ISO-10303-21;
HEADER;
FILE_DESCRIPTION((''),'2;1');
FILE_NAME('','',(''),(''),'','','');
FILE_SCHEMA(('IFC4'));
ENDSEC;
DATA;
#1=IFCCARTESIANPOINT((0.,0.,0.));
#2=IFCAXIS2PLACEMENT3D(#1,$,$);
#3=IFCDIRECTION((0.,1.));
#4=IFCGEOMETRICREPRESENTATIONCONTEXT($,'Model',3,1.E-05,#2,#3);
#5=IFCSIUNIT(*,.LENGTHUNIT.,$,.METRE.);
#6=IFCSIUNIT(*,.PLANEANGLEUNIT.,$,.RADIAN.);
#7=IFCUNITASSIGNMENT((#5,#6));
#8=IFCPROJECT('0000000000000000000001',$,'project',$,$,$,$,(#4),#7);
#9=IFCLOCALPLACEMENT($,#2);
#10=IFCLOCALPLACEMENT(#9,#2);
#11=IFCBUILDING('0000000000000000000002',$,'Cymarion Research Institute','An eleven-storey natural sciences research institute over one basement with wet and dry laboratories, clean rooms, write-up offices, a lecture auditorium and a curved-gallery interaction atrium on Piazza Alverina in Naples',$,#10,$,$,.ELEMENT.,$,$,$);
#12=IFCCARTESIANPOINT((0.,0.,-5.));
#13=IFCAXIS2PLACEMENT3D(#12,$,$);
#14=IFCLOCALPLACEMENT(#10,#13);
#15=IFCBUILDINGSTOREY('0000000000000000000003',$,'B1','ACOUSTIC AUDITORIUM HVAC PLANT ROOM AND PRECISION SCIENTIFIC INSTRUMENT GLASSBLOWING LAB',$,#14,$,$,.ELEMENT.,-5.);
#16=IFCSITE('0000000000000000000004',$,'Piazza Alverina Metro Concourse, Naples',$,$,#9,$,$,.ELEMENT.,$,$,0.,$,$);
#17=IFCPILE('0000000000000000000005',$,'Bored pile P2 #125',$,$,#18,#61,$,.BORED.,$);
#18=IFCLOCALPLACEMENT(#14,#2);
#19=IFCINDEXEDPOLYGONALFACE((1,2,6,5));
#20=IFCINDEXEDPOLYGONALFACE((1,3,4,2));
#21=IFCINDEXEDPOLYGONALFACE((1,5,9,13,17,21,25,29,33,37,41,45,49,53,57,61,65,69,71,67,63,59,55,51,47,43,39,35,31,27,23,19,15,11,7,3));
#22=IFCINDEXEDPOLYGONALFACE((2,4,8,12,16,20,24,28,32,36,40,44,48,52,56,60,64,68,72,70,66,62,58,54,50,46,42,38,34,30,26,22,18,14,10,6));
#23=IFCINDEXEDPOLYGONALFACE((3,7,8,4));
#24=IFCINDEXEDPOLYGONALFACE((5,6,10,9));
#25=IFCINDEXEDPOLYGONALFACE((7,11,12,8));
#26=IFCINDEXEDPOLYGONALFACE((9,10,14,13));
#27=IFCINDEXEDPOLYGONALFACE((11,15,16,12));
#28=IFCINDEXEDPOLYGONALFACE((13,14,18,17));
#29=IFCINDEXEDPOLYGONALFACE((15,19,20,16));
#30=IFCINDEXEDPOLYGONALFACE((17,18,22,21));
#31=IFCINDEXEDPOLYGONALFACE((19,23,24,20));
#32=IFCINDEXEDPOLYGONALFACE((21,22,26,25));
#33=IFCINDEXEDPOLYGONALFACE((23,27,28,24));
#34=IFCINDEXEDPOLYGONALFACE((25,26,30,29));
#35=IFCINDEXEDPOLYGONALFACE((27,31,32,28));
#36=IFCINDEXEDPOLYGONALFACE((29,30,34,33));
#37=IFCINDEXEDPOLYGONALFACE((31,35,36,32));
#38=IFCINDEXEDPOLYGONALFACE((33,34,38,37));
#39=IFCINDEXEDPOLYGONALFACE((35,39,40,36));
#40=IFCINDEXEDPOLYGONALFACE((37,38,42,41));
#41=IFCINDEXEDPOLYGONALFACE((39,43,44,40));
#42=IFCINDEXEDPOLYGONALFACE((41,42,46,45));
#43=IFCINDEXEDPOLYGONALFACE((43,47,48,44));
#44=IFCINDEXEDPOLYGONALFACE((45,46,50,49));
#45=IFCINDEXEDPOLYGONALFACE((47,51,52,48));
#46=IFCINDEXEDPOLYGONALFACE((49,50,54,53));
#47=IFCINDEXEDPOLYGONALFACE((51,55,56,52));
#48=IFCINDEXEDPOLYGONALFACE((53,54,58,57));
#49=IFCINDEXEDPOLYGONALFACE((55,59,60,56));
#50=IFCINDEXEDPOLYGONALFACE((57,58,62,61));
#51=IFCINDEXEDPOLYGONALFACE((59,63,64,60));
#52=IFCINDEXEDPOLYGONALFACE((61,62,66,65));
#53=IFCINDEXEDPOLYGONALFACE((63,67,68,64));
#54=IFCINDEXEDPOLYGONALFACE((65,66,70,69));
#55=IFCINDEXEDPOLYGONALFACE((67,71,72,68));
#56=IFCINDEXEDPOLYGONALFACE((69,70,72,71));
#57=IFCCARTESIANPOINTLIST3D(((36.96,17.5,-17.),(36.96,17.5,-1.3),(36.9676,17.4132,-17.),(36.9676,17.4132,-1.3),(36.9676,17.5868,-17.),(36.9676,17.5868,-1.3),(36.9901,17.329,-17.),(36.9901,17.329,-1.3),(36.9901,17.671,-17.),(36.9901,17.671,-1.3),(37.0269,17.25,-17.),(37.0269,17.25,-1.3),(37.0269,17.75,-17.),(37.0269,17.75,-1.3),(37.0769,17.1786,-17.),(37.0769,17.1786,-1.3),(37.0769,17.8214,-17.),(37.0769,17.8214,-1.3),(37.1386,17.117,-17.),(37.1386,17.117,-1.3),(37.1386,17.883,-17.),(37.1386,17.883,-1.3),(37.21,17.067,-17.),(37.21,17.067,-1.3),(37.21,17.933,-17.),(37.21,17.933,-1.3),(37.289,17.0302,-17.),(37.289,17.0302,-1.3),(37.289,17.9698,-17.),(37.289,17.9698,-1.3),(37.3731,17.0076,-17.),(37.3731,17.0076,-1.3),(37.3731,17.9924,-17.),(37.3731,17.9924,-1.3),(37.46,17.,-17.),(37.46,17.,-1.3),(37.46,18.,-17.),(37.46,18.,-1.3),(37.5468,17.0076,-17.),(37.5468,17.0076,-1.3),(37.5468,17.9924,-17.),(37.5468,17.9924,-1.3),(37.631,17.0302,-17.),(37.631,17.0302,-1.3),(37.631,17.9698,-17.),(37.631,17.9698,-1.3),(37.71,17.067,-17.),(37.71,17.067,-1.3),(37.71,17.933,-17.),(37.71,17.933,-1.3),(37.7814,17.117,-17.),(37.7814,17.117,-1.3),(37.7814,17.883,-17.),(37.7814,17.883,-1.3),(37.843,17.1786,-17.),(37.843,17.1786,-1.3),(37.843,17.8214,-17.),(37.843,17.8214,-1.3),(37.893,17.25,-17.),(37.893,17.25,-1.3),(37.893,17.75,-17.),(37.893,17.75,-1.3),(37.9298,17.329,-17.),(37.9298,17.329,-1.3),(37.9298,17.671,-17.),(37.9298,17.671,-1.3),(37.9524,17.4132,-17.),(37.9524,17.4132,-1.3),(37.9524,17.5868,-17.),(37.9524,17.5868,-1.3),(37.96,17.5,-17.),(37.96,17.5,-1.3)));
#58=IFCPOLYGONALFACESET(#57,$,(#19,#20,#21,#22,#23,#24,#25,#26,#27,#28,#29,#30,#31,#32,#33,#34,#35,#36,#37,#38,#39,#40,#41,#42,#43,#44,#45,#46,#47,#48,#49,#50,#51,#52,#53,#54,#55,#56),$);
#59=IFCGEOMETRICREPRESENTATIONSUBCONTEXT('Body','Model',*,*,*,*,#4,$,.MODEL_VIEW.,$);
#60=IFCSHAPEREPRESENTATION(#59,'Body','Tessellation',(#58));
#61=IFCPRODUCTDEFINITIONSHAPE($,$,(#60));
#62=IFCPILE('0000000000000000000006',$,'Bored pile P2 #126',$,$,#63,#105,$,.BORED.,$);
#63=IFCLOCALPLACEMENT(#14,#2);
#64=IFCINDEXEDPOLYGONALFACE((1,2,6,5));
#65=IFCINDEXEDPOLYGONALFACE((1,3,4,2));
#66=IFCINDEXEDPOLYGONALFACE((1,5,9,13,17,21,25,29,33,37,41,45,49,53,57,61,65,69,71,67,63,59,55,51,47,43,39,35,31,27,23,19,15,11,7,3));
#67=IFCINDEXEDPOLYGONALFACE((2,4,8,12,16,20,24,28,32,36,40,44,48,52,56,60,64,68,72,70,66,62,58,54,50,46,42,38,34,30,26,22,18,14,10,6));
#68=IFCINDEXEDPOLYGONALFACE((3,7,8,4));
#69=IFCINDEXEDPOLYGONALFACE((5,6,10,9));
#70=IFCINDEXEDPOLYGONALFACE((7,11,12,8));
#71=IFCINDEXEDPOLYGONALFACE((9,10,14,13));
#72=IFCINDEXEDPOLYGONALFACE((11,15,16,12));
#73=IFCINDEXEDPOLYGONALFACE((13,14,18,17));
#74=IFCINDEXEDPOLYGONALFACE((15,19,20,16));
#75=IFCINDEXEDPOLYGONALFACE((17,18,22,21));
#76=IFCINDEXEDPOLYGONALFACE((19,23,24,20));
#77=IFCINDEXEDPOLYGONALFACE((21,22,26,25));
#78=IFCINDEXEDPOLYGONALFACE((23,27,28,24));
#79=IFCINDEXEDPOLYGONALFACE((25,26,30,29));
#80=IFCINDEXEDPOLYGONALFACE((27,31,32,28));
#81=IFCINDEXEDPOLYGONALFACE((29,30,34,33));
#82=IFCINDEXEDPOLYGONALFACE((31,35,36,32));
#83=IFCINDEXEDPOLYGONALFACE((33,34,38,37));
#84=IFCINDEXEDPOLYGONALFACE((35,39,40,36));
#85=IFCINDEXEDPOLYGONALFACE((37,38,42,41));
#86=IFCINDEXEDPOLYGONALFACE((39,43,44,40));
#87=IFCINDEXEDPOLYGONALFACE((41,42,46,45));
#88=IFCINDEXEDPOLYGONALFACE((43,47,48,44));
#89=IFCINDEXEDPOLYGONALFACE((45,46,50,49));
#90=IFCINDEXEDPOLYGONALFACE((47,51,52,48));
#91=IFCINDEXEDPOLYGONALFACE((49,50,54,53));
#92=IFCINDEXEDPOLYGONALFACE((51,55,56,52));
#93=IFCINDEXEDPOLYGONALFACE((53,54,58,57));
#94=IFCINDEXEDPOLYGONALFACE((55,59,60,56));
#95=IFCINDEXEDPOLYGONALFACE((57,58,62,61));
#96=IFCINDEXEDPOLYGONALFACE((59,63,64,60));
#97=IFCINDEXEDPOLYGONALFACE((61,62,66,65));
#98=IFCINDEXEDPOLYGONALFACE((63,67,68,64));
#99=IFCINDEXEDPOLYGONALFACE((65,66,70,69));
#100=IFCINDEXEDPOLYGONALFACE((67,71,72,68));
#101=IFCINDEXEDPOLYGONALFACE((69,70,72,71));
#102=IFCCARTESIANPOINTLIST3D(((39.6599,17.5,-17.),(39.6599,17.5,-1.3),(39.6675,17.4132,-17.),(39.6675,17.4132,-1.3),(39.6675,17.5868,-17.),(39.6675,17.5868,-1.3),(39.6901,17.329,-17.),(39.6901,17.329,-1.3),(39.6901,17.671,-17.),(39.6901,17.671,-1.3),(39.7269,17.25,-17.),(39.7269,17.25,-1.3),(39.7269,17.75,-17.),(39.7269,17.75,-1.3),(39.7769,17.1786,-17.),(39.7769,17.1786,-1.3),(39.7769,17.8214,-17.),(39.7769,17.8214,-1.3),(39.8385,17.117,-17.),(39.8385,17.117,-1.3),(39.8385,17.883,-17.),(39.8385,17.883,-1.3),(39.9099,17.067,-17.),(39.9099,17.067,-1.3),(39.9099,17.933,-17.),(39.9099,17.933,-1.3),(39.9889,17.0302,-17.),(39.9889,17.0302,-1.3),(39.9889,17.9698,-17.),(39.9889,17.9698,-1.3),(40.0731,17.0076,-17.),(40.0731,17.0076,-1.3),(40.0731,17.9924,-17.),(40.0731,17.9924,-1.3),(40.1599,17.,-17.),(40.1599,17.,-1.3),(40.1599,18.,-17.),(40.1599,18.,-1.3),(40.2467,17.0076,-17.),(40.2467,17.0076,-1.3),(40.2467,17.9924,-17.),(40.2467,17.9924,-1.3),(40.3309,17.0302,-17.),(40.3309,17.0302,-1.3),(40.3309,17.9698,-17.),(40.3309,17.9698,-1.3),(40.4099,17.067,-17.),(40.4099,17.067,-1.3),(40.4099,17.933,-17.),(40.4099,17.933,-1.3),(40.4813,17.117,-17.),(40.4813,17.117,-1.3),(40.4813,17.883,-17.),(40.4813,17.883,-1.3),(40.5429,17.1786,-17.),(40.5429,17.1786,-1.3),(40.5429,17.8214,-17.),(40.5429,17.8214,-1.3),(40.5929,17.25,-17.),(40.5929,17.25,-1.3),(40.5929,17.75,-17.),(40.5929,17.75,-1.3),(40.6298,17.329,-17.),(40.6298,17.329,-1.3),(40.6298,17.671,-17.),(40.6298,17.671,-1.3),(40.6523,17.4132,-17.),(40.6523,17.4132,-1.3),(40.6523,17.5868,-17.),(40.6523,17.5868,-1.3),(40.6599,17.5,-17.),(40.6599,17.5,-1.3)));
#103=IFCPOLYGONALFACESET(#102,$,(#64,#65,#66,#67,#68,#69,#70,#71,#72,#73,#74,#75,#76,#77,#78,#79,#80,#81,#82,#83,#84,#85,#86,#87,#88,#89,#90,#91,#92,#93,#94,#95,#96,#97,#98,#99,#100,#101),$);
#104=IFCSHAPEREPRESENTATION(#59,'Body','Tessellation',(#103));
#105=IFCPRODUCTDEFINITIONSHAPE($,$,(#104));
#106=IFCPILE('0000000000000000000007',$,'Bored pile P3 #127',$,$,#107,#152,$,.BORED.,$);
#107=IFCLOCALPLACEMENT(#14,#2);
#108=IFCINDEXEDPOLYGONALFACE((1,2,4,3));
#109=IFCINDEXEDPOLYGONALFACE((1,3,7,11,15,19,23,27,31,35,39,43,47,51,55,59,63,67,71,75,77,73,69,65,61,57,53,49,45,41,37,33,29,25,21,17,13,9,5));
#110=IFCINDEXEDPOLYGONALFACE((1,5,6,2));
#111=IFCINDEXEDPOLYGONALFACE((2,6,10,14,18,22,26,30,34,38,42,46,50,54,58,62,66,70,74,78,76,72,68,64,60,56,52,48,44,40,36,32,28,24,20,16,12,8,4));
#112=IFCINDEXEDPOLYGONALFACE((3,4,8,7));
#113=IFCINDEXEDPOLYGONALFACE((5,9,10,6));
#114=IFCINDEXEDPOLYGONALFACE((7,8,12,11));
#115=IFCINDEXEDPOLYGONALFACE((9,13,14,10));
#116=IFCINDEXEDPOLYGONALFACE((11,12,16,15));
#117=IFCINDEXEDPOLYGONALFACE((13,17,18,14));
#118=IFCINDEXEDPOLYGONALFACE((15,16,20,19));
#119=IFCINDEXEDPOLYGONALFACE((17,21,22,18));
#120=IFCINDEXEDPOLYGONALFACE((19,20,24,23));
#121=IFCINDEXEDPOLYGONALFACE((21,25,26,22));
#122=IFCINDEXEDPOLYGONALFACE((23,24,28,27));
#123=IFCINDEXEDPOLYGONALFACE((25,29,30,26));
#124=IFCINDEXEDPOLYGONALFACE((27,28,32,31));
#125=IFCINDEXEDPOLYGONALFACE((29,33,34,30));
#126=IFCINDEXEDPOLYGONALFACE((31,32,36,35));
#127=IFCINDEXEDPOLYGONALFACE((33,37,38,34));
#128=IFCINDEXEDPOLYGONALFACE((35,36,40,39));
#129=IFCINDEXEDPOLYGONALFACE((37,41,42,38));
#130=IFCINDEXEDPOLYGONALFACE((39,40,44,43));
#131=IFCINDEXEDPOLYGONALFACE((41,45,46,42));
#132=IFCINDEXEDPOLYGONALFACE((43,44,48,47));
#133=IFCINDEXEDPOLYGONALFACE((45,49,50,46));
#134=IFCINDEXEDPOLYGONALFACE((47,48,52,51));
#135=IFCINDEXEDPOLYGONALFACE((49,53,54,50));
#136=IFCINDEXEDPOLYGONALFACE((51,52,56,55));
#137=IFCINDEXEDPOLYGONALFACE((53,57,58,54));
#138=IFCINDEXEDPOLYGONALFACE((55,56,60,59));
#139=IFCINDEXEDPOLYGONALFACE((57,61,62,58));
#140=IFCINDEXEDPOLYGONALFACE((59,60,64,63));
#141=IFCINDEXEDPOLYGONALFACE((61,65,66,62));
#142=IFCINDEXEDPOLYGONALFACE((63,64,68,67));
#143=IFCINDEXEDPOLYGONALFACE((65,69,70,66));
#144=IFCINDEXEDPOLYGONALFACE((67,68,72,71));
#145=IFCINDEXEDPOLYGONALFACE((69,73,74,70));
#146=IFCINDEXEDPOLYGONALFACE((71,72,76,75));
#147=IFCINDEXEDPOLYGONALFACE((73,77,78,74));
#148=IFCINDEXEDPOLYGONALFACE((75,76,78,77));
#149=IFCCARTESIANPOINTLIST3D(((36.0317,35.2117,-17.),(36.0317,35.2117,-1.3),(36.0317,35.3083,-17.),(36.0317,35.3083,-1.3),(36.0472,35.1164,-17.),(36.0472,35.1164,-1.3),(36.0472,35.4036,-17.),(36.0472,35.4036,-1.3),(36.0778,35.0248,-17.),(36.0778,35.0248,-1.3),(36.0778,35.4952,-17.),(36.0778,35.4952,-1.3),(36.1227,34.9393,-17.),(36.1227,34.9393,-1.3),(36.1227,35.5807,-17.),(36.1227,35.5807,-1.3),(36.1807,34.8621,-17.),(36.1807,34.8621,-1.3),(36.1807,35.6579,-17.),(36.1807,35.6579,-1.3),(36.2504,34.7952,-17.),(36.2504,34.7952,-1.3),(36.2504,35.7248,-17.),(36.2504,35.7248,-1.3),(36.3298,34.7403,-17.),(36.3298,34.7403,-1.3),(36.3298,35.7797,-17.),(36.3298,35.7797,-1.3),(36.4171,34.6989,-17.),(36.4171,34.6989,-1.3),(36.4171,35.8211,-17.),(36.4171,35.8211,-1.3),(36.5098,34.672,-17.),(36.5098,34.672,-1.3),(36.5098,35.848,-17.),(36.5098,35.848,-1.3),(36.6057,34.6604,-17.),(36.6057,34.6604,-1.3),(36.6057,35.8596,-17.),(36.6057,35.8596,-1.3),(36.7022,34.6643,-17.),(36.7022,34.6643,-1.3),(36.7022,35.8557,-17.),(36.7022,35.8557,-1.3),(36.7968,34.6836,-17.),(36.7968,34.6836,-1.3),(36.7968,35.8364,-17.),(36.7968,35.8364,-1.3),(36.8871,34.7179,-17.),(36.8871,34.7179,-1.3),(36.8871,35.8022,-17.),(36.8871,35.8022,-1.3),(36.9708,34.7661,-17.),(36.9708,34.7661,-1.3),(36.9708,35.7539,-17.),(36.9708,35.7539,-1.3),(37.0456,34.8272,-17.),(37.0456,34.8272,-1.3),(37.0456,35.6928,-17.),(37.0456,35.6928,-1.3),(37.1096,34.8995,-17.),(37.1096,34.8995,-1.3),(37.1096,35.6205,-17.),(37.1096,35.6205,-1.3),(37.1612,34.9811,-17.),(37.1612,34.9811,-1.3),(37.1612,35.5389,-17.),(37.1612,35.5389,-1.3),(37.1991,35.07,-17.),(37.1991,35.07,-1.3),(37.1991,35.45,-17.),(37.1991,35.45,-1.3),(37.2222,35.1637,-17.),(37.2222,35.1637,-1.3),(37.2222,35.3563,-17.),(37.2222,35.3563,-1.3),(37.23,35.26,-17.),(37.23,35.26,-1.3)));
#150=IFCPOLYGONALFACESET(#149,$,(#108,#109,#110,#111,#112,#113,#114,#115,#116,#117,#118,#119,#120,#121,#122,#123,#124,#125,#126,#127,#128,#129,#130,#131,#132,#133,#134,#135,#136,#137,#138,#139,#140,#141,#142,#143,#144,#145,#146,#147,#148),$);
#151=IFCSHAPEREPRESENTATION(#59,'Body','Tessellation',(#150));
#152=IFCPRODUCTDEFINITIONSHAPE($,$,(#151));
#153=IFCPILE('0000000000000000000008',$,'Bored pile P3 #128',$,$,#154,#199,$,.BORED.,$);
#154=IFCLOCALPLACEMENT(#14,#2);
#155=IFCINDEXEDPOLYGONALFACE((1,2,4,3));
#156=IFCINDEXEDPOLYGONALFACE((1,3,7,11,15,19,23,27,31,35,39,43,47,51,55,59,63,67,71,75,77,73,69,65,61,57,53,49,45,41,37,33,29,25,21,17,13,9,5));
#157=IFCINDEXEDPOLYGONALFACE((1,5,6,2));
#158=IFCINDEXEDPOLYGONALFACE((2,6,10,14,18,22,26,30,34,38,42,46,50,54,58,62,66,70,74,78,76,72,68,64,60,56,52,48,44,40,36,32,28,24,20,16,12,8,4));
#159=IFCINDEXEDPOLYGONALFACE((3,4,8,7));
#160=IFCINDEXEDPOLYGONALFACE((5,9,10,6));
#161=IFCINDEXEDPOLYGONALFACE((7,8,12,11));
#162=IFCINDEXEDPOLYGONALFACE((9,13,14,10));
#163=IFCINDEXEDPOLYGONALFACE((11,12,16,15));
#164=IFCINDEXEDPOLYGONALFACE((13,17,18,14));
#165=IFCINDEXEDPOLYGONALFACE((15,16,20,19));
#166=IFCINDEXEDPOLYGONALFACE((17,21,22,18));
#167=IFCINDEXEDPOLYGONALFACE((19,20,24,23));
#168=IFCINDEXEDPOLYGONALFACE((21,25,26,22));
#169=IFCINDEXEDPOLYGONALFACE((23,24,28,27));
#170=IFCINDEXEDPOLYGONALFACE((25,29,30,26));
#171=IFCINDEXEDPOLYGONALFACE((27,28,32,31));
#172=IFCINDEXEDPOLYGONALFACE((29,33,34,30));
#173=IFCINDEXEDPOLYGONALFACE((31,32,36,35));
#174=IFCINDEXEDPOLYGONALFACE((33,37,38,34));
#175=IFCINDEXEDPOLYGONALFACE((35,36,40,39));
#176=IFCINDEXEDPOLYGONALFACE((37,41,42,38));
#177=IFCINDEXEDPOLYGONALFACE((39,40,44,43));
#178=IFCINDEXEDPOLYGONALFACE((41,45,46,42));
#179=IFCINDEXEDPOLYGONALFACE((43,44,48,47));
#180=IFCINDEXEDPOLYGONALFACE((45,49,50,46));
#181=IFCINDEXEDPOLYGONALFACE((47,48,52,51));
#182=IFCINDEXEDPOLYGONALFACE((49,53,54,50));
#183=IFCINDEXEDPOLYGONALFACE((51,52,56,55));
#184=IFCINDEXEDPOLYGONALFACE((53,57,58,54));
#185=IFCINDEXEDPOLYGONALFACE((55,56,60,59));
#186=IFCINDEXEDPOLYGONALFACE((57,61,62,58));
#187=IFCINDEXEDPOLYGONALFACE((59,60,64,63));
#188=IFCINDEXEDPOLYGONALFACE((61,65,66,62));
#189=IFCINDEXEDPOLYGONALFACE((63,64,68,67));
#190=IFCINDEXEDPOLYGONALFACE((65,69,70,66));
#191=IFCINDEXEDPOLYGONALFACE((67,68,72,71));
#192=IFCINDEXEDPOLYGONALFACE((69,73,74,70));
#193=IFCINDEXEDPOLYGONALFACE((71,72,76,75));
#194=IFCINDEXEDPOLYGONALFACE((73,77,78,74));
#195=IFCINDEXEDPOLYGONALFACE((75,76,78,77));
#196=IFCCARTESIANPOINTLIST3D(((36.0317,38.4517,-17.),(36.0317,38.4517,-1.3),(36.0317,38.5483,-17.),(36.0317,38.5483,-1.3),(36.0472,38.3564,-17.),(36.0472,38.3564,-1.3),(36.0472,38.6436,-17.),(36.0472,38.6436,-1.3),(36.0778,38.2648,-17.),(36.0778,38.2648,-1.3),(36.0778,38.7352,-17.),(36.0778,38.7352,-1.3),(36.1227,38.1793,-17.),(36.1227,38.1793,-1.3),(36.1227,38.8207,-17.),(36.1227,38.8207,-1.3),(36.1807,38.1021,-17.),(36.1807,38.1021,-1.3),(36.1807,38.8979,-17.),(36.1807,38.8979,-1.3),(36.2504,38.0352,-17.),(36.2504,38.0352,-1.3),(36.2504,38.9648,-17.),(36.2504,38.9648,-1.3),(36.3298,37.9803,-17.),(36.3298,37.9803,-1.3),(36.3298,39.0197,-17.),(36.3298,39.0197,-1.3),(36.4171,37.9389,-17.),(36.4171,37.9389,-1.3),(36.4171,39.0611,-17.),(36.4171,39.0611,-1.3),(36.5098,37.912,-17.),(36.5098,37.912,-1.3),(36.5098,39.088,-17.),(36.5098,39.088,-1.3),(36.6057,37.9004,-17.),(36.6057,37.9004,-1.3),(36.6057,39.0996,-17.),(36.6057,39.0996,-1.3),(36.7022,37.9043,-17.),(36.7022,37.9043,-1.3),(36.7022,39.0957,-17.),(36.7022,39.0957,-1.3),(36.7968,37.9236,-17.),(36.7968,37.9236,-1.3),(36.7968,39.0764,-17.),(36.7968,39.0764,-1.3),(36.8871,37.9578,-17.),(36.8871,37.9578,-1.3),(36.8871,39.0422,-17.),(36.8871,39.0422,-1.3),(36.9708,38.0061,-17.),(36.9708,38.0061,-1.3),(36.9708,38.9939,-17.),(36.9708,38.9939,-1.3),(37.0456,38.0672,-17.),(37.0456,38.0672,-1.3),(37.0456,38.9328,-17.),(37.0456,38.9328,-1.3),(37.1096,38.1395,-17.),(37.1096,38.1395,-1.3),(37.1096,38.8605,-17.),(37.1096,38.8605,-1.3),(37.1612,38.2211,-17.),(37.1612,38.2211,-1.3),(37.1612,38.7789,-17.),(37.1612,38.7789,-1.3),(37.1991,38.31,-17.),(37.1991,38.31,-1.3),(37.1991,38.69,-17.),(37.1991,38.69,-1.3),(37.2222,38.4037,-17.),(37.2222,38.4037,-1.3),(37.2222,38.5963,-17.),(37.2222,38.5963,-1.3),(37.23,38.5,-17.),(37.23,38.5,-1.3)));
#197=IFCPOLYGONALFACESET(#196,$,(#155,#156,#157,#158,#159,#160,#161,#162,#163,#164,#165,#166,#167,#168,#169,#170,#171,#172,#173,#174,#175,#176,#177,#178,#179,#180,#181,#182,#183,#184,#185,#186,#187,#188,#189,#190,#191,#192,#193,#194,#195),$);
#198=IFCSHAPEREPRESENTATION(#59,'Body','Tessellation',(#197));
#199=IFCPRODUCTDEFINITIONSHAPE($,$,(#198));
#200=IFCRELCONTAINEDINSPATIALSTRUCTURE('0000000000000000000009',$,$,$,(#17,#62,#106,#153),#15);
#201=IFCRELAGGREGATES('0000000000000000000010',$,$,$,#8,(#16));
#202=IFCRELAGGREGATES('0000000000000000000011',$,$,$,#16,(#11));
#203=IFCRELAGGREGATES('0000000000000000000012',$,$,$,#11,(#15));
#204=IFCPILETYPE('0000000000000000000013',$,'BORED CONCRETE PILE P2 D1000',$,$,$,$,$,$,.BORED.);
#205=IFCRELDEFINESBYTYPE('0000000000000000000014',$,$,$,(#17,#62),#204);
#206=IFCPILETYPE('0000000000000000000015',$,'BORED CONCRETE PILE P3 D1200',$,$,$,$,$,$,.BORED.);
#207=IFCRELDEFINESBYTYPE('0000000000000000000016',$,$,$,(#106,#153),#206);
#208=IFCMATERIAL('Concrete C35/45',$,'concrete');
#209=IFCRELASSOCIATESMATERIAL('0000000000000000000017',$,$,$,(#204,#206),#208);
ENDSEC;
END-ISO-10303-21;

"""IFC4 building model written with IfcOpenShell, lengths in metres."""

from ifc_helpers import new_model, si_unit, direction, frame, origin, origin_2d, place, context, subcontext, project, spatial, circle, extrude, material, material_profile, profile_set, type_object, element, save


model = new_model("IFC4")

# Units and contexts
model_context = context("Model", 3, precision=1e-05, world=origin(), true_north=direction((0.0, 1.0)))
body_context = subcontext(model_context, "Body", "Model", "MODEL_VIEW")
ifc_project = project(units=[si_unit("LENGTHUNIT", "METRE"), si_unit("PLANEANGLEUNIT", "RADIAN")], contexts=[model_context])

# Site, building, storey
site_placement = place(None, origin())
site = spatial("IfcSite", under=ifc_project, at=site_placement, Name="Piazza Alverina Metro Concourse, Naples", CompositionType="ELEMENT", RefElevation=0.0)
building_placement = place(site_placement, origin())
building = spatial("IfcBuilding", under=site, at=building_placement, Name="Cymarion Research Institute", Description="An eleven-storey natural sciences research institute over one basement with wet and dry laboratories, clean rooms, write-up offices, a lecture auditorium and a curved-gallery interaction atrium on Piazza Alverina in Naples", CompositionType="ELEMENT")
storey_placement = place(building_placement, frame((0.0, 0.0, -5.0)))
storey = spatial("IfcBuildingStorey", under=building, at=storey_placement, Name="B1", Description="ACOUSTIC AUDITORIUM HVAC PLANT ROOM AND PRECISION SCIENTIFIC INSTRUMENT GLASSBLOWING LAB", CompositionType="ELEMENT", Elevation=-5.0)

# Piles
ifc_material_1 = material(Name="Concrete C35/45", Category="concrete")
ifc_material_profile_1 = material_profile(ifc_material_1, circle(Radius=0.5, at=origin_2d()), Name="BORED PILE D1000")
ifc_profile_set_1 = profile_set([ifc_material_profile_1], Name="Concrete C35/45")
pile_type_1 = type_object("IfcPileType", Name="BORED CONCRETE PILE P2 D1000", PredefinedType="BORED", material=ifc_profile_set_1)
for number, where, z_axis, x_axis, name in (
    (1, (37.46, 17.5, -1.3), (0.0, 0.0, -1.0), (1.0, 0.0, 0.0), "Bored pile P2 #125"),
    (2, (40.1599, 17.5, -1.3), (0.0, 0.0, -1.0), (1.0, 0.0, 0.0), "Bored pile P2 #126"),
):
    element("IfcPile", number, at=place(storey_placement, frame(where, z_axis=z_axis, x_axis=x_axis)), inside=storey, type_object=pile_type_1, Name=name, PredefinedType="BORED", context=body_context, shape_type="SweptSolid", body=[
        extrude(circle(Radius=0.5, at=origin_2d()), origin(), (0.0, 0.0, 1.0), 15.7),
    ])
ifc_material_profile_2 = material_profile(ifc_material_1, circle(Radius=0.6001, at=origin_2d()), Name="BORED PILE D1200")
ifc_profile_set_2 = profile_set([ifc_material_profile_2], Name="Concrete C35/45")
pile_type_2 = type_object("IfcPileType", Name="BORED CONCRETE PILE P3 D1200", PredefinedType="BORED", material=ifc_profile_set_2)
for number, where, z_axis, x_axis, name in (
    (3, (36.6299, 35.26, -1.3), (0.0, 0.0, -1.0), (1.0, 0.0, 0.0), "Bored pile P3 #127"),
    (4, (36.6299, 38.5, -1.3), (0.0, 0.0, -1.0), (1.0, 0.0, 0.0), "Bored pile P3 #128"),
):
    element("IfcPile", number, at=place(storey_placement, frame(where, z_axis=z_axis, x_axis=x_axis)), inside=storey, type_object=pile_type_2, Name=name, PredefinedType="BORED", context=body_context, shape_type="SweptSolid", body=[
        extrude(circle(Radius=0.6001, at=origin_2d()), origin(), (0.0, 0.0, 1.0), 15.7),
    ])

save(model, "model.ifc")
